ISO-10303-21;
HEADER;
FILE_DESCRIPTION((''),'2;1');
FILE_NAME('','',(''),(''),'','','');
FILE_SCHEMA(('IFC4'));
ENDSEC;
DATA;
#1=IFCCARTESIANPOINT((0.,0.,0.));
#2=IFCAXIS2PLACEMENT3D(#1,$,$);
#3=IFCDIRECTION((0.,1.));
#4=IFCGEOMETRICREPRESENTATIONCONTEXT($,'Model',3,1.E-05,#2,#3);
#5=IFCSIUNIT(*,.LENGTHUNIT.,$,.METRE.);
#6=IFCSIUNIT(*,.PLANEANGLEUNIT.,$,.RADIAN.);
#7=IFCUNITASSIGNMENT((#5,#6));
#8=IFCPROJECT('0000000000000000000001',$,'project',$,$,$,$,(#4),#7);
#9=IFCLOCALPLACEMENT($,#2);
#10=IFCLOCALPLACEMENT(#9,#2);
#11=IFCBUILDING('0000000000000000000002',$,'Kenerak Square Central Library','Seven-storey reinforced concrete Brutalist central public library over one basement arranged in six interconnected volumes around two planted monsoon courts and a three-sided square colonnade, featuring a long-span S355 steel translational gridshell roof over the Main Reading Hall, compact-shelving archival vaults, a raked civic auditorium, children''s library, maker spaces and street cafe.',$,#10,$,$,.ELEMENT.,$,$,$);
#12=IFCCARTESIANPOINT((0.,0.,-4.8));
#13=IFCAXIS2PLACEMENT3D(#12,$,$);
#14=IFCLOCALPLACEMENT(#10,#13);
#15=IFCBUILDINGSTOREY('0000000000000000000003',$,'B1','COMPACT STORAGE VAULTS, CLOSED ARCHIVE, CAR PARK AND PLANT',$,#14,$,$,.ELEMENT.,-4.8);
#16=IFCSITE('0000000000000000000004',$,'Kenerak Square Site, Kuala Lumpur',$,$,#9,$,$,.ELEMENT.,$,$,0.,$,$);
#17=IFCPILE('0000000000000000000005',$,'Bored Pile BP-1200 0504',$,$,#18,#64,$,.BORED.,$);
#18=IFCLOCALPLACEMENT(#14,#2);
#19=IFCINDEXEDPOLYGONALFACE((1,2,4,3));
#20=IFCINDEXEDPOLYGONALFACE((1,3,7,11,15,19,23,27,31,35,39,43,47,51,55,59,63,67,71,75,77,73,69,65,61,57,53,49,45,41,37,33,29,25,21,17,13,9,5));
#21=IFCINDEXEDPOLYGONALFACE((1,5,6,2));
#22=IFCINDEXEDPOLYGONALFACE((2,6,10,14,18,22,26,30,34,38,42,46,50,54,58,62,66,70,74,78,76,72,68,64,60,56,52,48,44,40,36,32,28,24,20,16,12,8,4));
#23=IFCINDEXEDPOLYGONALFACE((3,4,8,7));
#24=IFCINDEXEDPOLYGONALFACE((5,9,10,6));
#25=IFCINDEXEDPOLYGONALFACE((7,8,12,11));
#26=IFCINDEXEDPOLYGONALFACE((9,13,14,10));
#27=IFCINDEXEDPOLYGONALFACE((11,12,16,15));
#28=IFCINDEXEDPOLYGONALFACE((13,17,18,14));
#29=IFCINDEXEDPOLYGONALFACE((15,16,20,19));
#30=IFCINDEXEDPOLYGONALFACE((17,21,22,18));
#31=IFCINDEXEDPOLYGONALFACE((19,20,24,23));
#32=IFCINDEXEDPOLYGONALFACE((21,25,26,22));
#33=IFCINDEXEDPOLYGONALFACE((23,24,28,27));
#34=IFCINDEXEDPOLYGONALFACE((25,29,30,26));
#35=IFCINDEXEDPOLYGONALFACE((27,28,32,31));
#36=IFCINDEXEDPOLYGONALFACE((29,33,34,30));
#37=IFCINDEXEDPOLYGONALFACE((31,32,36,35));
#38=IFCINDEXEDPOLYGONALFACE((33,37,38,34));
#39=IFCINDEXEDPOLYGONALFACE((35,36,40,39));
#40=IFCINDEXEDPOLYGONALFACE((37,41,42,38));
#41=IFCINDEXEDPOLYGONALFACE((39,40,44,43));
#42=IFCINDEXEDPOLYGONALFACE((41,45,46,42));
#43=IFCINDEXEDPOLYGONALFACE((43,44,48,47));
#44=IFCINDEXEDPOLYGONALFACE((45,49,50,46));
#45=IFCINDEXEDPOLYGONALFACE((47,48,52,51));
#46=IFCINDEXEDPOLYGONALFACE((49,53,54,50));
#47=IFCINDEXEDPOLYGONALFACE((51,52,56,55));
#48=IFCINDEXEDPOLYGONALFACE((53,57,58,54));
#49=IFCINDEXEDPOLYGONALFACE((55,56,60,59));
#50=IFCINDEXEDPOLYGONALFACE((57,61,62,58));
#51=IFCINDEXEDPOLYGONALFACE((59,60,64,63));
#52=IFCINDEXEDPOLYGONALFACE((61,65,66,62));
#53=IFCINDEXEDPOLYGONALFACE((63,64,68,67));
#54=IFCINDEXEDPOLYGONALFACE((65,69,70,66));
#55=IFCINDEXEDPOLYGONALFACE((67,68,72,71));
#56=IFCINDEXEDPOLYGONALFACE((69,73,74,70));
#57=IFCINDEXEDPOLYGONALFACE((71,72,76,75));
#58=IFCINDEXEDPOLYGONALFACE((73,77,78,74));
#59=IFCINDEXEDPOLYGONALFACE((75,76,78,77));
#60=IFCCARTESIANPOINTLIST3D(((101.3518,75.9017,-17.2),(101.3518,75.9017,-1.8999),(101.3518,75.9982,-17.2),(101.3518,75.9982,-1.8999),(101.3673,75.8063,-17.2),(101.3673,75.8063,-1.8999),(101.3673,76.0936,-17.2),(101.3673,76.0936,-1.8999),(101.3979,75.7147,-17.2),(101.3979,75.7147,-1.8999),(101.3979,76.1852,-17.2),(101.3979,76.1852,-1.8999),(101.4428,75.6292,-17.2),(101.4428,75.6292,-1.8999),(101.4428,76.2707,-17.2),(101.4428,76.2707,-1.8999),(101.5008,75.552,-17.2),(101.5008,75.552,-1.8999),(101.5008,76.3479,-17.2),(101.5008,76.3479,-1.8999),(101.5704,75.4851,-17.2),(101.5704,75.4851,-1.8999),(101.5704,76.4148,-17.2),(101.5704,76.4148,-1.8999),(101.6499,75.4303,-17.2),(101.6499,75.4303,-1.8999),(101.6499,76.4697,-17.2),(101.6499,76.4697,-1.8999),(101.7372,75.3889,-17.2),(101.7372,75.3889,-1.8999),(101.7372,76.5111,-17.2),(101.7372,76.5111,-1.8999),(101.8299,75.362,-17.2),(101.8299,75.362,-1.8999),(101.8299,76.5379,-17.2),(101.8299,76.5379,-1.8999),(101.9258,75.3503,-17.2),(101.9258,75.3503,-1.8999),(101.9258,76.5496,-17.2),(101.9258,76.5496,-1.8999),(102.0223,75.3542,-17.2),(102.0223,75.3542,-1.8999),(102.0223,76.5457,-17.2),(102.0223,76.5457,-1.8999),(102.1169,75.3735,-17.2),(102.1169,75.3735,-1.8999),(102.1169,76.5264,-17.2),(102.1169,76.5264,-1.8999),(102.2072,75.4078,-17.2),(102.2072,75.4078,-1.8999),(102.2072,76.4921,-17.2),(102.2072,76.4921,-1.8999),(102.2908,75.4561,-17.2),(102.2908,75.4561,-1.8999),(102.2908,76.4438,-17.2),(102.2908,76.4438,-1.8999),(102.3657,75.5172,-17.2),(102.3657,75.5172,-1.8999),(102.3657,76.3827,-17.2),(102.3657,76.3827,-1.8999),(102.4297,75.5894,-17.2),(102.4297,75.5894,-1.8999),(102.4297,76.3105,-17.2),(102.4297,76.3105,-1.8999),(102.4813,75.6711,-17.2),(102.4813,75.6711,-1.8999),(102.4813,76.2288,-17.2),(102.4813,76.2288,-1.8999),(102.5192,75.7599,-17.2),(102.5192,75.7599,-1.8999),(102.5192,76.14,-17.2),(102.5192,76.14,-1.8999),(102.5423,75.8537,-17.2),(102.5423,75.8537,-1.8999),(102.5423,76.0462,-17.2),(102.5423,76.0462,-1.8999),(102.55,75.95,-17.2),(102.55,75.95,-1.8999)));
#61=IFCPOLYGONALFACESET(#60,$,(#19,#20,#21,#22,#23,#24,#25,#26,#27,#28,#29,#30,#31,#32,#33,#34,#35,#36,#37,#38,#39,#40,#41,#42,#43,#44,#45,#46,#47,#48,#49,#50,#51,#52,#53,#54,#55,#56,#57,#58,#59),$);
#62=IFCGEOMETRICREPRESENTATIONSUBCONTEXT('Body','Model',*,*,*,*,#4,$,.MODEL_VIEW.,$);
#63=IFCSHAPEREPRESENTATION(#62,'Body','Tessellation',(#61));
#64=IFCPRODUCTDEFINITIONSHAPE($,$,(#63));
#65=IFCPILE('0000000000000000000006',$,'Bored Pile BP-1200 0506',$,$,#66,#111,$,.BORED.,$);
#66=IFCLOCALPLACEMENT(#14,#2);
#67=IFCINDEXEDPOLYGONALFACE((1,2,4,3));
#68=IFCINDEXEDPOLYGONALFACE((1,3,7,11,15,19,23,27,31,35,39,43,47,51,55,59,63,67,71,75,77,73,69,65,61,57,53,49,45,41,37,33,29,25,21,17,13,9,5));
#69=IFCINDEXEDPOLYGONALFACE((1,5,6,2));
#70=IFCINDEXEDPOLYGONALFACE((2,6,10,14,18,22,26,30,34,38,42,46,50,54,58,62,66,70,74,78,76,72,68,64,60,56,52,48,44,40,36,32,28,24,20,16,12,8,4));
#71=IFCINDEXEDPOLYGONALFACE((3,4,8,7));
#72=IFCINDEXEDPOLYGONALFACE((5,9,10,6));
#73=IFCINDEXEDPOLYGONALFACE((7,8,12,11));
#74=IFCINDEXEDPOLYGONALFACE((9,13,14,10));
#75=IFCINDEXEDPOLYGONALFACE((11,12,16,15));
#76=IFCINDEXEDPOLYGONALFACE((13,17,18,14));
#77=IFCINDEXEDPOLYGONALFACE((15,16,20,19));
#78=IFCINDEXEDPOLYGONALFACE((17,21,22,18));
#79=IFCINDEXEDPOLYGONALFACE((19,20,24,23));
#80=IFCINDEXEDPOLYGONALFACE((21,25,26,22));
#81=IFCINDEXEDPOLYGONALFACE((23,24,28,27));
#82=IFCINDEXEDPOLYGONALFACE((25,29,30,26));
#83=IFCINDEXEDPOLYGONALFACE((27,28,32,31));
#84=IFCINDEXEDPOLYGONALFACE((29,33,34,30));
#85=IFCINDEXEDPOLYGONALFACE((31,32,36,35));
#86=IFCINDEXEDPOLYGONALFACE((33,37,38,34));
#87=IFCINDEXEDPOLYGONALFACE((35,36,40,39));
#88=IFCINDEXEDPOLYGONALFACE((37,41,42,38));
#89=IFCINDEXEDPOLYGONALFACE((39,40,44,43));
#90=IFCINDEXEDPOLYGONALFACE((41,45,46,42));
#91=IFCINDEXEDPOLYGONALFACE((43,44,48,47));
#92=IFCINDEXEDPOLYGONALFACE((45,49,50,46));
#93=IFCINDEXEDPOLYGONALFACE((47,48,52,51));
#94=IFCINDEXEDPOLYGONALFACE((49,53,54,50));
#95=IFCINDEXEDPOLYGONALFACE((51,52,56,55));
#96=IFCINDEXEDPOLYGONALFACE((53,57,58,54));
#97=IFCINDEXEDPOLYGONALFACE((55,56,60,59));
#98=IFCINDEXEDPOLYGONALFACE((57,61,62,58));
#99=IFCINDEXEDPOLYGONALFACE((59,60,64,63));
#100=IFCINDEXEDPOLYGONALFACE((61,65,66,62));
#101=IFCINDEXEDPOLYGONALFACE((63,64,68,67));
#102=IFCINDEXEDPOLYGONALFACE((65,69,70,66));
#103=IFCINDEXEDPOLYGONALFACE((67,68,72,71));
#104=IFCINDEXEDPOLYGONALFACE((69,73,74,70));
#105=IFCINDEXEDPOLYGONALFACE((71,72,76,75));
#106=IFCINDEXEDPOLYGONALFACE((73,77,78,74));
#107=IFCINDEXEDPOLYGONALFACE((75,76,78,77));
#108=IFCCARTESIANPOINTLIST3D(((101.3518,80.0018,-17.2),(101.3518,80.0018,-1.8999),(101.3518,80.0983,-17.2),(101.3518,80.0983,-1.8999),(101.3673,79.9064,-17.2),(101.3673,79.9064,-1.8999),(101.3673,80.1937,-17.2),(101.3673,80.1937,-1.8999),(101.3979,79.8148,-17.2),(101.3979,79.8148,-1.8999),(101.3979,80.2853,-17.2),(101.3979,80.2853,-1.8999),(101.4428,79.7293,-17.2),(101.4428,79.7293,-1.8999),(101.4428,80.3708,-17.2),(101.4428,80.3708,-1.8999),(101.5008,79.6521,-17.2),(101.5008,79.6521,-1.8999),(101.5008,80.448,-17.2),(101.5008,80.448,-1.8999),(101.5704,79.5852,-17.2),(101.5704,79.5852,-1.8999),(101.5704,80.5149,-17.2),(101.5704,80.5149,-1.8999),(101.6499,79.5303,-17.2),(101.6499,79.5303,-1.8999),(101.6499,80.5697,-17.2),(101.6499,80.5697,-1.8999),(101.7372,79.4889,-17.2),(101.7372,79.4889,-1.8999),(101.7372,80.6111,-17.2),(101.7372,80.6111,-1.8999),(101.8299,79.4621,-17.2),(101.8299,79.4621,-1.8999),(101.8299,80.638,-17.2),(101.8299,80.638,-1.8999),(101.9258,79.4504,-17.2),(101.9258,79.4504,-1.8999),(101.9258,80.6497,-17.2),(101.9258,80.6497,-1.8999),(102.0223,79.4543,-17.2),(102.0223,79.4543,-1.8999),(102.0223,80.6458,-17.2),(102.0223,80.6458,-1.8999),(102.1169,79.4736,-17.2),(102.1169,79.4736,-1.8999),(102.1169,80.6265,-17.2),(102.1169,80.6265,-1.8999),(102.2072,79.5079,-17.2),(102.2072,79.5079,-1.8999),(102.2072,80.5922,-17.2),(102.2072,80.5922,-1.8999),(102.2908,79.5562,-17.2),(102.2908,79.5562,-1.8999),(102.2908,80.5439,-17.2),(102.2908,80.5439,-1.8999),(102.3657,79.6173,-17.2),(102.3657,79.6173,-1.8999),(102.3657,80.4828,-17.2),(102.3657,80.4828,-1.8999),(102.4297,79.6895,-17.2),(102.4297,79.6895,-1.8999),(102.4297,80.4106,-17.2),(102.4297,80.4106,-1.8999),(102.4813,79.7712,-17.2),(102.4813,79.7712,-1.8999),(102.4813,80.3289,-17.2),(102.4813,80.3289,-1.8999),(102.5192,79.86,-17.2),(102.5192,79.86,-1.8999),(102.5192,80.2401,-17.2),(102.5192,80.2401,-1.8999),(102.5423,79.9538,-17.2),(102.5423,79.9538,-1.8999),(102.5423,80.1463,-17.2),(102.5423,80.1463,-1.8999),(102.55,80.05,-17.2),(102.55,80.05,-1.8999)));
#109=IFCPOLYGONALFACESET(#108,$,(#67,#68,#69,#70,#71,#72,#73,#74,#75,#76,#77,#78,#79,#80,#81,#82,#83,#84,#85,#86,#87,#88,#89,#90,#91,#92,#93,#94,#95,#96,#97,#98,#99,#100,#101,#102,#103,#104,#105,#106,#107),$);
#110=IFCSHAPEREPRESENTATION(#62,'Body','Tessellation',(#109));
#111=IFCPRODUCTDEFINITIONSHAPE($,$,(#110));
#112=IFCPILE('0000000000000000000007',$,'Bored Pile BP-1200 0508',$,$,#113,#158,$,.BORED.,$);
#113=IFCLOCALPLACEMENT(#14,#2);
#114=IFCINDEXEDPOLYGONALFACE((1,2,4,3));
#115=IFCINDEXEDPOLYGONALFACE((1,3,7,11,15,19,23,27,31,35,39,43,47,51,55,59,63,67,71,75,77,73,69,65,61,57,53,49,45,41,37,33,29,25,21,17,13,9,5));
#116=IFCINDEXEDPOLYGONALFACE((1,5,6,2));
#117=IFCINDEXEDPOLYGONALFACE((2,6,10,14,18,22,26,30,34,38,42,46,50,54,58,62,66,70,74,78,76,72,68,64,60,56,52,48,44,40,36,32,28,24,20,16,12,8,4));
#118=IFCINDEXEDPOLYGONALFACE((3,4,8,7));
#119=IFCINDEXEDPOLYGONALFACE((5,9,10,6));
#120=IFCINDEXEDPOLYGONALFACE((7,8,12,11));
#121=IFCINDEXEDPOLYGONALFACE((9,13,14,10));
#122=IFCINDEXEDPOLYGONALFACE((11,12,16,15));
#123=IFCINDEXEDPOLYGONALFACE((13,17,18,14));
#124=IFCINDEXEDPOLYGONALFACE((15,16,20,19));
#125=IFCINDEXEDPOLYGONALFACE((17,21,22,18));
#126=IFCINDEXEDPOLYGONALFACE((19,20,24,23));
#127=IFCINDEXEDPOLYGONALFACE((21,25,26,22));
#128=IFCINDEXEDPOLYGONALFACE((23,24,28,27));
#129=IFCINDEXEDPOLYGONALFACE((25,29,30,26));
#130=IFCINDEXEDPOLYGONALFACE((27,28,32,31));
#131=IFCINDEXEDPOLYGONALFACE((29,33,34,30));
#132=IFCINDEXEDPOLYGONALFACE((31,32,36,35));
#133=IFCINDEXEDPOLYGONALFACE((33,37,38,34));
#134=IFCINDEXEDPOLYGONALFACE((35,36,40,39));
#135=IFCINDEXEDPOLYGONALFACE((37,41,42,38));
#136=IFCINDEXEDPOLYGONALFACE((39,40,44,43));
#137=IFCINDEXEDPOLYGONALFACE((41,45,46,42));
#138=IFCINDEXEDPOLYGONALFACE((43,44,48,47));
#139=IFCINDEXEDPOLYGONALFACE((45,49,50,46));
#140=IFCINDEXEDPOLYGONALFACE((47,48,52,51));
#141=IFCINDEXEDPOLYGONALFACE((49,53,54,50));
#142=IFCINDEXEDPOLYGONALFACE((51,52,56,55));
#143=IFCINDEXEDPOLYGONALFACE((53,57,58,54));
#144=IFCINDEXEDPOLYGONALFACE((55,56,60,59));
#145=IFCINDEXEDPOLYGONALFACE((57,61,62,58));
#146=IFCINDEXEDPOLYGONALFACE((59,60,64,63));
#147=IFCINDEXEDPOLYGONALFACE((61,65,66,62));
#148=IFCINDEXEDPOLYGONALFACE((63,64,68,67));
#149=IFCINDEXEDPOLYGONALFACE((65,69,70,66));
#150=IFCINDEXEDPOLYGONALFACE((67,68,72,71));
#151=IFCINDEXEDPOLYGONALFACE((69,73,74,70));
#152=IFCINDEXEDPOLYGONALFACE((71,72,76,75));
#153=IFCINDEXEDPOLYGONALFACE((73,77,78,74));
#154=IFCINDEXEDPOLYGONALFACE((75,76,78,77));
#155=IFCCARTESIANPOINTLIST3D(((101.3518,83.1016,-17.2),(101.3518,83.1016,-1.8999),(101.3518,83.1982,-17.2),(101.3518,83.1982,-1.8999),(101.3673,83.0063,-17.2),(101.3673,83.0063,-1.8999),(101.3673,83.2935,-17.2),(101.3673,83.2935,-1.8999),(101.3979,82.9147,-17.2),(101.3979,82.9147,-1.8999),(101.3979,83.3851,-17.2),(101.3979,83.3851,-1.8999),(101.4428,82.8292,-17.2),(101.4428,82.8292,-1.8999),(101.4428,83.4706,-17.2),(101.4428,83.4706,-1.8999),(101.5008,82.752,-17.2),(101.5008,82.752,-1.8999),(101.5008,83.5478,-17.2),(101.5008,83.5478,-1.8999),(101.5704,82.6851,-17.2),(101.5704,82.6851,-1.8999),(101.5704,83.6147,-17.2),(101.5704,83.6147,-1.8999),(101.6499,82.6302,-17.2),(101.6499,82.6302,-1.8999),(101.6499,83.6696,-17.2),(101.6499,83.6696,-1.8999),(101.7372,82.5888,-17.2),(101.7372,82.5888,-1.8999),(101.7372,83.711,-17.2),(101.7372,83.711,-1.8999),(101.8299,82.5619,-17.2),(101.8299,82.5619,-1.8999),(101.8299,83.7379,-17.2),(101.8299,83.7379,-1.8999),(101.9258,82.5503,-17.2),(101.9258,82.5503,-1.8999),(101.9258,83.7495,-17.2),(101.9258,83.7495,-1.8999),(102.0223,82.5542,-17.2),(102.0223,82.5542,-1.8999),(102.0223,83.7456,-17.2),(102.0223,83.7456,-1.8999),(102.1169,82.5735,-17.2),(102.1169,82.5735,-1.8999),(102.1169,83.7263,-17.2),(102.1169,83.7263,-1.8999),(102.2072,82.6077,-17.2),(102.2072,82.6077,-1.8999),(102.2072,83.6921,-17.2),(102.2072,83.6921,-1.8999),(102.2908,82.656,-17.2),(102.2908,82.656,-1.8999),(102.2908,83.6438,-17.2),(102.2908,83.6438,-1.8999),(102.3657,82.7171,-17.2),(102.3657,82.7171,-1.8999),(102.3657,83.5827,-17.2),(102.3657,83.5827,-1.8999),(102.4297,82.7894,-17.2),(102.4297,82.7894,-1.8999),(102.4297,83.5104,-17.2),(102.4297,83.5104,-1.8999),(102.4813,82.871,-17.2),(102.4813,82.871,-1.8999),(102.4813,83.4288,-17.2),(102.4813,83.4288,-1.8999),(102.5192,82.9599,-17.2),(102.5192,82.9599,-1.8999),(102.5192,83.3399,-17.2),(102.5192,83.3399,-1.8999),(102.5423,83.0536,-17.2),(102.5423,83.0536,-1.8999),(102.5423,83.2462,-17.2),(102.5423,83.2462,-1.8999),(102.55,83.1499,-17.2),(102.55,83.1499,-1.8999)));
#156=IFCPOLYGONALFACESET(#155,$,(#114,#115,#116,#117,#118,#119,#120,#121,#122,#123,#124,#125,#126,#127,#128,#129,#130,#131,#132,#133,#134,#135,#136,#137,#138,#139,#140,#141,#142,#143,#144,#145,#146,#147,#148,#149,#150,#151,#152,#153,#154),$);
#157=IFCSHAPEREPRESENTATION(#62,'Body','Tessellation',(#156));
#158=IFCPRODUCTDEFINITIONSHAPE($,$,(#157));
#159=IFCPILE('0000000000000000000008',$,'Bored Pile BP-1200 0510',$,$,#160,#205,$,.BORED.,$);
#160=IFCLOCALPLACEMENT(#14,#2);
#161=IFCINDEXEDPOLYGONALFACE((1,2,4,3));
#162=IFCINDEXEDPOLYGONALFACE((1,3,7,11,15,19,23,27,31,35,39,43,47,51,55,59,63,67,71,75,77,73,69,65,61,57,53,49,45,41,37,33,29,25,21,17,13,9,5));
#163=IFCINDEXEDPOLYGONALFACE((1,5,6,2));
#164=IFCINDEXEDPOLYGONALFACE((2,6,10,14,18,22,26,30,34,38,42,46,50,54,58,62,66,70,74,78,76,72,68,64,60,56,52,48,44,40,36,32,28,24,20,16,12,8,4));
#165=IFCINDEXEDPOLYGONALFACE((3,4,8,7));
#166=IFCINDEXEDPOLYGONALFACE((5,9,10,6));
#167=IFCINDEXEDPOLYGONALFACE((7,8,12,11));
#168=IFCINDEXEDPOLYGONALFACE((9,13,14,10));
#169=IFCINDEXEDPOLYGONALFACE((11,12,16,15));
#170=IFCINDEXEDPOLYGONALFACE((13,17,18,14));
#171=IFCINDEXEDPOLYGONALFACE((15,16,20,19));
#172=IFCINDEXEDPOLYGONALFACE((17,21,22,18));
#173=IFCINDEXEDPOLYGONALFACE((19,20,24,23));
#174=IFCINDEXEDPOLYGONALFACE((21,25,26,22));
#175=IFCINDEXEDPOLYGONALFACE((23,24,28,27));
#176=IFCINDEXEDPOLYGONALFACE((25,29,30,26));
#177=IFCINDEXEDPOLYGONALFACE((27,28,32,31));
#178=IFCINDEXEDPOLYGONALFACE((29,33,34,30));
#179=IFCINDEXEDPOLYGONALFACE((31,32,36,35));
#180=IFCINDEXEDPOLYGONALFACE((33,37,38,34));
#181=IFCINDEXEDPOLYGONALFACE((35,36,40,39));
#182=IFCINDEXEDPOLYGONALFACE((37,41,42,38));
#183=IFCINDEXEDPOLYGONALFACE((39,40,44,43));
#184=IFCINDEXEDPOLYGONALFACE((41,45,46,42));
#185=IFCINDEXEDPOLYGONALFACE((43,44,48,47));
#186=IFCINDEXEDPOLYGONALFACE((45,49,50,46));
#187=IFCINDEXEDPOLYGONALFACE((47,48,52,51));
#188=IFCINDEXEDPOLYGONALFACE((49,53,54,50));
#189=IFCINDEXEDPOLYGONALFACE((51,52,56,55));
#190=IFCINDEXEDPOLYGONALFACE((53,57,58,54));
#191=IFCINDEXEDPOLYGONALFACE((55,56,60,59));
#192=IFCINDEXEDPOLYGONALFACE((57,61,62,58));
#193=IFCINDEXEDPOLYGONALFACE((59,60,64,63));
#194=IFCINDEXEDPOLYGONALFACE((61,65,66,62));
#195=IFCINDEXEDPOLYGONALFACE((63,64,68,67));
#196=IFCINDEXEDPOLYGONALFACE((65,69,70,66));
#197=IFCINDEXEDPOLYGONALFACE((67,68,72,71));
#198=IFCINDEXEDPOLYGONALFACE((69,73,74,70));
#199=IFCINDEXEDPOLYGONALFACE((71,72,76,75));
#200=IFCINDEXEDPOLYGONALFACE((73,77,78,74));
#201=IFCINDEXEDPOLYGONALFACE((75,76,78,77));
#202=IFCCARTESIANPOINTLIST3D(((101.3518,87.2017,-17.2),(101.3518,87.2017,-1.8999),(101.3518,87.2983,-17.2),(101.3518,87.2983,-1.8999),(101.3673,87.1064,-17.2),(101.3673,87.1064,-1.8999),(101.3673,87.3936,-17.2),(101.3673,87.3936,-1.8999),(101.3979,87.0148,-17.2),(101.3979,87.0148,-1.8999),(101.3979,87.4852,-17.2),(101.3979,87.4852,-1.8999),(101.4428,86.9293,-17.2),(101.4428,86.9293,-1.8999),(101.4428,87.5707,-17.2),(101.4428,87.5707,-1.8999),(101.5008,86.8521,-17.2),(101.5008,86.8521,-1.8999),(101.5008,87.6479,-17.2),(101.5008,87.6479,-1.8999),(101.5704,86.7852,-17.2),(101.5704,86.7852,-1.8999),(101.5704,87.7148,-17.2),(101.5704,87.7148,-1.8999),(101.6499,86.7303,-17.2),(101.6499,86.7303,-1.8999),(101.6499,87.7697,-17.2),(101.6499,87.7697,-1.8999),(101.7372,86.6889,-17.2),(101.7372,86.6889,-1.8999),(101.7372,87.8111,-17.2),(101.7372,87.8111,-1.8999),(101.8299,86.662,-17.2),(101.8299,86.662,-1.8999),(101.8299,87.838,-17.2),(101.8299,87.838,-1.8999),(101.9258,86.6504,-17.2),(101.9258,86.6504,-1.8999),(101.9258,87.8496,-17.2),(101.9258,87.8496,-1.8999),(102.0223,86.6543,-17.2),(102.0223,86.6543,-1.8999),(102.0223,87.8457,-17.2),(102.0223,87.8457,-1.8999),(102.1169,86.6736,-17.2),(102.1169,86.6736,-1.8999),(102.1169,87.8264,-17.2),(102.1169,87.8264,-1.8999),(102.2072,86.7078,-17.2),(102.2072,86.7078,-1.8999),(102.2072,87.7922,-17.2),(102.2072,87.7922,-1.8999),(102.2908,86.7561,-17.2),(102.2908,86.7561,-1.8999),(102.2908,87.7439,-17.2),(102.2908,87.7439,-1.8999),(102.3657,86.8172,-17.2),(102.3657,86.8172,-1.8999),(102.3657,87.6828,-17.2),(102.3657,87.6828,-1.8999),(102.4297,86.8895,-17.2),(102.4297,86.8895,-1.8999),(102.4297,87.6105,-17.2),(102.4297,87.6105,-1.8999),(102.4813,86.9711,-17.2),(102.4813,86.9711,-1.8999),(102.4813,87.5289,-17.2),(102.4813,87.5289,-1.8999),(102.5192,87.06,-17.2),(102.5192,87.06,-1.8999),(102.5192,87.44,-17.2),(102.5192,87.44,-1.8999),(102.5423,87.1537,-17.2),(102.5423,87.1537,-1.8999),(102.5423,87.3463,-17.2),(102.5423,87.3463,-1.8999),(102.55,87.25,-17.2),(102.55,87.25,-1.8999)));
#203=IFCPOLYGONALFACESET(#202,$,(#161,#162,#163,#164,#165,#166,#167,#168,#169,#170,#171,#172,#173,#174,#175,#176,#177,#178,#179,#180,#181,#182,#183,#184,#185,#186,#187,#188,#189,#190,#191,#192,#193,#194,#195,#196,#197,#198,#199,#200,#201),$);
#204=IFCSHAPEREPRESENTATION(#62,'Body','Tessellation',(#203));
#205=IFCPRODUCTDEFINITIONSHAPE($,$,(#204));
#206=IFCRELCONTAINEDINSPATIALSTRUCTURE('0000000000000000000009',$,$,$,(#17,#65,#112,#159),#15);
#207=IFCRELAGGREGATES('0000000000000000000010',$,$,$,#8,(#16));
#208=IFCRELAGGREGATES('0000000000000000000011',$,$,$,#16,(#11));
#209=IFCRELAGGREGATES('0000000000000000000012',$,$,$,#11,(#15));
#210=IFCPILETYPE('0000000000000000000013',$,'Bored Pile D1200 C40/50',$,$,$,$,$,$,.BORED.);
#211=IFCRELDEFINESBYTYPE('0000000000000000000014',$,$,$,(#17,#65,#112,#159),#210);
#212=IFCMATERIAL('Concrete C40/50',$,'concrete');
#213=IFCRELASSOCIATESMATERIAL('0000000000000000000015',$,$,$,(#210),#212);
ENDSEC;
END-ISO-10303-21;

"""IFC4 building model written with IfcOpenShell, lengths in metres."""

from ifc_helpers import new_model, si_unit, direction, frame, origin, origin_2d, place, context, subcontext, project, spatial, circle, extrude, material, material_profile, profile_set, type_object, element, save


model = new_model("IFC4")

# Units and contexts
model_context = context("Model", 3, precision=1e-05, world=origin(), true_north=direction((0.0, 1.0)))
body_context = subcontext(model_context, "Body", "Model", "MODEL_VIEW")
ifc_project = project(units=[si_unit("LENGTHUNIT", "METRE"), si_unit("PLANEANGLEUNIT", "RADIAN")], contexts=[model_context])

# Site, building, storey
site_placement = place(None, origin())
site = spatial("IfcSite", under=ifc_project, at=site_placement, Name="Kenerak Square Site, Kuala Lumpur", CompositionType="ELEMENT", RefElevation=0.0)
building_placement = place(site_placement, origin())
building = spatial("IfcBuilding", under=site, at=building_placement, Name="Kenerak Square Central Library", Description="Seven-storey reinforced concrete Brutalist central public library over one basement arranged in six interconnected volumes around two planted monsoon courts and a three-sided square colonnade, featuring a long-span S355 steel translational gridshell roof over the Main Reading Hall, compact-shelving archival vaults, a raked civic auditorium, children's library, maker spaces and street cafe.", CompositionType="ELEMENT")
storey_placement = place(building_placement, frame((0.0, 0.0, -4.8)))
storey = spatial("IfcBuildingStorey", under=building, at=storey_placement, Name="B1", Description="COMPACT STORAGE VAULTS, CLOSED ARCHIVE, CAR PARK AND PLANT", CompositionType="ELEMENT", Elevation=-4.8)

# Piles
ifc_material_1 = material(Name="Concrete C40/50", Category="concrete")
ifc_material_profile_1 = material_profile(ifc_material_1, circle(Radius=0.6001, at=origin_2d()), Name="BP D1200")
ifc_profile_set_1 = profile_set([ifc_material_profile_1], Name="Concrete C40/50")
pile_type = type_object("IfcPileType", Name="Bored Pile D1200 C40/50", PredefinedType="BORED", material=ifc_profile_set_1)
for number, where, z_axis, x_axis, name in (
    (1, (101.95, 75.95, -1.8999), (0.0, 0.0, -1.0), (1.0, 0.0, 0.0), "Bored Pile BP-1200 0504"),
    (2, (101.95, 80.05, -1.8999), (0.0, 0.0, -1.0), (1.0, 0.0, 0.0), "Bored Pile BP-1200 0506"),
    (3, (101.95, 83.1499, -1.8999), (0.0, 0.0, -1.0), (1.0, 0.0, 0.0), "Bored Pile BP-1200 0508"),
    (4, (101.95, 87.25, -1.8999), (0.0, 0.0, -1.0), (1.0, 0.0, 0.0), "Bored Pile BP-1200 0510"),
):
    element("IfcPile", number, at=place(storey_placement, frame(where, z_axis=z_axis, x_axis=x_axis)), inside=storey, type_object=pile_type, Name=name, PredefinedType="BORED", context=body_context, shape_type="SweptSolid", body=[
        extrude(circle(Radius=0.6001, at=origin_2d()), origin(), (0.0, 0.0, 1.0), 15.3),
    ])

save(model, "model.ifc")
